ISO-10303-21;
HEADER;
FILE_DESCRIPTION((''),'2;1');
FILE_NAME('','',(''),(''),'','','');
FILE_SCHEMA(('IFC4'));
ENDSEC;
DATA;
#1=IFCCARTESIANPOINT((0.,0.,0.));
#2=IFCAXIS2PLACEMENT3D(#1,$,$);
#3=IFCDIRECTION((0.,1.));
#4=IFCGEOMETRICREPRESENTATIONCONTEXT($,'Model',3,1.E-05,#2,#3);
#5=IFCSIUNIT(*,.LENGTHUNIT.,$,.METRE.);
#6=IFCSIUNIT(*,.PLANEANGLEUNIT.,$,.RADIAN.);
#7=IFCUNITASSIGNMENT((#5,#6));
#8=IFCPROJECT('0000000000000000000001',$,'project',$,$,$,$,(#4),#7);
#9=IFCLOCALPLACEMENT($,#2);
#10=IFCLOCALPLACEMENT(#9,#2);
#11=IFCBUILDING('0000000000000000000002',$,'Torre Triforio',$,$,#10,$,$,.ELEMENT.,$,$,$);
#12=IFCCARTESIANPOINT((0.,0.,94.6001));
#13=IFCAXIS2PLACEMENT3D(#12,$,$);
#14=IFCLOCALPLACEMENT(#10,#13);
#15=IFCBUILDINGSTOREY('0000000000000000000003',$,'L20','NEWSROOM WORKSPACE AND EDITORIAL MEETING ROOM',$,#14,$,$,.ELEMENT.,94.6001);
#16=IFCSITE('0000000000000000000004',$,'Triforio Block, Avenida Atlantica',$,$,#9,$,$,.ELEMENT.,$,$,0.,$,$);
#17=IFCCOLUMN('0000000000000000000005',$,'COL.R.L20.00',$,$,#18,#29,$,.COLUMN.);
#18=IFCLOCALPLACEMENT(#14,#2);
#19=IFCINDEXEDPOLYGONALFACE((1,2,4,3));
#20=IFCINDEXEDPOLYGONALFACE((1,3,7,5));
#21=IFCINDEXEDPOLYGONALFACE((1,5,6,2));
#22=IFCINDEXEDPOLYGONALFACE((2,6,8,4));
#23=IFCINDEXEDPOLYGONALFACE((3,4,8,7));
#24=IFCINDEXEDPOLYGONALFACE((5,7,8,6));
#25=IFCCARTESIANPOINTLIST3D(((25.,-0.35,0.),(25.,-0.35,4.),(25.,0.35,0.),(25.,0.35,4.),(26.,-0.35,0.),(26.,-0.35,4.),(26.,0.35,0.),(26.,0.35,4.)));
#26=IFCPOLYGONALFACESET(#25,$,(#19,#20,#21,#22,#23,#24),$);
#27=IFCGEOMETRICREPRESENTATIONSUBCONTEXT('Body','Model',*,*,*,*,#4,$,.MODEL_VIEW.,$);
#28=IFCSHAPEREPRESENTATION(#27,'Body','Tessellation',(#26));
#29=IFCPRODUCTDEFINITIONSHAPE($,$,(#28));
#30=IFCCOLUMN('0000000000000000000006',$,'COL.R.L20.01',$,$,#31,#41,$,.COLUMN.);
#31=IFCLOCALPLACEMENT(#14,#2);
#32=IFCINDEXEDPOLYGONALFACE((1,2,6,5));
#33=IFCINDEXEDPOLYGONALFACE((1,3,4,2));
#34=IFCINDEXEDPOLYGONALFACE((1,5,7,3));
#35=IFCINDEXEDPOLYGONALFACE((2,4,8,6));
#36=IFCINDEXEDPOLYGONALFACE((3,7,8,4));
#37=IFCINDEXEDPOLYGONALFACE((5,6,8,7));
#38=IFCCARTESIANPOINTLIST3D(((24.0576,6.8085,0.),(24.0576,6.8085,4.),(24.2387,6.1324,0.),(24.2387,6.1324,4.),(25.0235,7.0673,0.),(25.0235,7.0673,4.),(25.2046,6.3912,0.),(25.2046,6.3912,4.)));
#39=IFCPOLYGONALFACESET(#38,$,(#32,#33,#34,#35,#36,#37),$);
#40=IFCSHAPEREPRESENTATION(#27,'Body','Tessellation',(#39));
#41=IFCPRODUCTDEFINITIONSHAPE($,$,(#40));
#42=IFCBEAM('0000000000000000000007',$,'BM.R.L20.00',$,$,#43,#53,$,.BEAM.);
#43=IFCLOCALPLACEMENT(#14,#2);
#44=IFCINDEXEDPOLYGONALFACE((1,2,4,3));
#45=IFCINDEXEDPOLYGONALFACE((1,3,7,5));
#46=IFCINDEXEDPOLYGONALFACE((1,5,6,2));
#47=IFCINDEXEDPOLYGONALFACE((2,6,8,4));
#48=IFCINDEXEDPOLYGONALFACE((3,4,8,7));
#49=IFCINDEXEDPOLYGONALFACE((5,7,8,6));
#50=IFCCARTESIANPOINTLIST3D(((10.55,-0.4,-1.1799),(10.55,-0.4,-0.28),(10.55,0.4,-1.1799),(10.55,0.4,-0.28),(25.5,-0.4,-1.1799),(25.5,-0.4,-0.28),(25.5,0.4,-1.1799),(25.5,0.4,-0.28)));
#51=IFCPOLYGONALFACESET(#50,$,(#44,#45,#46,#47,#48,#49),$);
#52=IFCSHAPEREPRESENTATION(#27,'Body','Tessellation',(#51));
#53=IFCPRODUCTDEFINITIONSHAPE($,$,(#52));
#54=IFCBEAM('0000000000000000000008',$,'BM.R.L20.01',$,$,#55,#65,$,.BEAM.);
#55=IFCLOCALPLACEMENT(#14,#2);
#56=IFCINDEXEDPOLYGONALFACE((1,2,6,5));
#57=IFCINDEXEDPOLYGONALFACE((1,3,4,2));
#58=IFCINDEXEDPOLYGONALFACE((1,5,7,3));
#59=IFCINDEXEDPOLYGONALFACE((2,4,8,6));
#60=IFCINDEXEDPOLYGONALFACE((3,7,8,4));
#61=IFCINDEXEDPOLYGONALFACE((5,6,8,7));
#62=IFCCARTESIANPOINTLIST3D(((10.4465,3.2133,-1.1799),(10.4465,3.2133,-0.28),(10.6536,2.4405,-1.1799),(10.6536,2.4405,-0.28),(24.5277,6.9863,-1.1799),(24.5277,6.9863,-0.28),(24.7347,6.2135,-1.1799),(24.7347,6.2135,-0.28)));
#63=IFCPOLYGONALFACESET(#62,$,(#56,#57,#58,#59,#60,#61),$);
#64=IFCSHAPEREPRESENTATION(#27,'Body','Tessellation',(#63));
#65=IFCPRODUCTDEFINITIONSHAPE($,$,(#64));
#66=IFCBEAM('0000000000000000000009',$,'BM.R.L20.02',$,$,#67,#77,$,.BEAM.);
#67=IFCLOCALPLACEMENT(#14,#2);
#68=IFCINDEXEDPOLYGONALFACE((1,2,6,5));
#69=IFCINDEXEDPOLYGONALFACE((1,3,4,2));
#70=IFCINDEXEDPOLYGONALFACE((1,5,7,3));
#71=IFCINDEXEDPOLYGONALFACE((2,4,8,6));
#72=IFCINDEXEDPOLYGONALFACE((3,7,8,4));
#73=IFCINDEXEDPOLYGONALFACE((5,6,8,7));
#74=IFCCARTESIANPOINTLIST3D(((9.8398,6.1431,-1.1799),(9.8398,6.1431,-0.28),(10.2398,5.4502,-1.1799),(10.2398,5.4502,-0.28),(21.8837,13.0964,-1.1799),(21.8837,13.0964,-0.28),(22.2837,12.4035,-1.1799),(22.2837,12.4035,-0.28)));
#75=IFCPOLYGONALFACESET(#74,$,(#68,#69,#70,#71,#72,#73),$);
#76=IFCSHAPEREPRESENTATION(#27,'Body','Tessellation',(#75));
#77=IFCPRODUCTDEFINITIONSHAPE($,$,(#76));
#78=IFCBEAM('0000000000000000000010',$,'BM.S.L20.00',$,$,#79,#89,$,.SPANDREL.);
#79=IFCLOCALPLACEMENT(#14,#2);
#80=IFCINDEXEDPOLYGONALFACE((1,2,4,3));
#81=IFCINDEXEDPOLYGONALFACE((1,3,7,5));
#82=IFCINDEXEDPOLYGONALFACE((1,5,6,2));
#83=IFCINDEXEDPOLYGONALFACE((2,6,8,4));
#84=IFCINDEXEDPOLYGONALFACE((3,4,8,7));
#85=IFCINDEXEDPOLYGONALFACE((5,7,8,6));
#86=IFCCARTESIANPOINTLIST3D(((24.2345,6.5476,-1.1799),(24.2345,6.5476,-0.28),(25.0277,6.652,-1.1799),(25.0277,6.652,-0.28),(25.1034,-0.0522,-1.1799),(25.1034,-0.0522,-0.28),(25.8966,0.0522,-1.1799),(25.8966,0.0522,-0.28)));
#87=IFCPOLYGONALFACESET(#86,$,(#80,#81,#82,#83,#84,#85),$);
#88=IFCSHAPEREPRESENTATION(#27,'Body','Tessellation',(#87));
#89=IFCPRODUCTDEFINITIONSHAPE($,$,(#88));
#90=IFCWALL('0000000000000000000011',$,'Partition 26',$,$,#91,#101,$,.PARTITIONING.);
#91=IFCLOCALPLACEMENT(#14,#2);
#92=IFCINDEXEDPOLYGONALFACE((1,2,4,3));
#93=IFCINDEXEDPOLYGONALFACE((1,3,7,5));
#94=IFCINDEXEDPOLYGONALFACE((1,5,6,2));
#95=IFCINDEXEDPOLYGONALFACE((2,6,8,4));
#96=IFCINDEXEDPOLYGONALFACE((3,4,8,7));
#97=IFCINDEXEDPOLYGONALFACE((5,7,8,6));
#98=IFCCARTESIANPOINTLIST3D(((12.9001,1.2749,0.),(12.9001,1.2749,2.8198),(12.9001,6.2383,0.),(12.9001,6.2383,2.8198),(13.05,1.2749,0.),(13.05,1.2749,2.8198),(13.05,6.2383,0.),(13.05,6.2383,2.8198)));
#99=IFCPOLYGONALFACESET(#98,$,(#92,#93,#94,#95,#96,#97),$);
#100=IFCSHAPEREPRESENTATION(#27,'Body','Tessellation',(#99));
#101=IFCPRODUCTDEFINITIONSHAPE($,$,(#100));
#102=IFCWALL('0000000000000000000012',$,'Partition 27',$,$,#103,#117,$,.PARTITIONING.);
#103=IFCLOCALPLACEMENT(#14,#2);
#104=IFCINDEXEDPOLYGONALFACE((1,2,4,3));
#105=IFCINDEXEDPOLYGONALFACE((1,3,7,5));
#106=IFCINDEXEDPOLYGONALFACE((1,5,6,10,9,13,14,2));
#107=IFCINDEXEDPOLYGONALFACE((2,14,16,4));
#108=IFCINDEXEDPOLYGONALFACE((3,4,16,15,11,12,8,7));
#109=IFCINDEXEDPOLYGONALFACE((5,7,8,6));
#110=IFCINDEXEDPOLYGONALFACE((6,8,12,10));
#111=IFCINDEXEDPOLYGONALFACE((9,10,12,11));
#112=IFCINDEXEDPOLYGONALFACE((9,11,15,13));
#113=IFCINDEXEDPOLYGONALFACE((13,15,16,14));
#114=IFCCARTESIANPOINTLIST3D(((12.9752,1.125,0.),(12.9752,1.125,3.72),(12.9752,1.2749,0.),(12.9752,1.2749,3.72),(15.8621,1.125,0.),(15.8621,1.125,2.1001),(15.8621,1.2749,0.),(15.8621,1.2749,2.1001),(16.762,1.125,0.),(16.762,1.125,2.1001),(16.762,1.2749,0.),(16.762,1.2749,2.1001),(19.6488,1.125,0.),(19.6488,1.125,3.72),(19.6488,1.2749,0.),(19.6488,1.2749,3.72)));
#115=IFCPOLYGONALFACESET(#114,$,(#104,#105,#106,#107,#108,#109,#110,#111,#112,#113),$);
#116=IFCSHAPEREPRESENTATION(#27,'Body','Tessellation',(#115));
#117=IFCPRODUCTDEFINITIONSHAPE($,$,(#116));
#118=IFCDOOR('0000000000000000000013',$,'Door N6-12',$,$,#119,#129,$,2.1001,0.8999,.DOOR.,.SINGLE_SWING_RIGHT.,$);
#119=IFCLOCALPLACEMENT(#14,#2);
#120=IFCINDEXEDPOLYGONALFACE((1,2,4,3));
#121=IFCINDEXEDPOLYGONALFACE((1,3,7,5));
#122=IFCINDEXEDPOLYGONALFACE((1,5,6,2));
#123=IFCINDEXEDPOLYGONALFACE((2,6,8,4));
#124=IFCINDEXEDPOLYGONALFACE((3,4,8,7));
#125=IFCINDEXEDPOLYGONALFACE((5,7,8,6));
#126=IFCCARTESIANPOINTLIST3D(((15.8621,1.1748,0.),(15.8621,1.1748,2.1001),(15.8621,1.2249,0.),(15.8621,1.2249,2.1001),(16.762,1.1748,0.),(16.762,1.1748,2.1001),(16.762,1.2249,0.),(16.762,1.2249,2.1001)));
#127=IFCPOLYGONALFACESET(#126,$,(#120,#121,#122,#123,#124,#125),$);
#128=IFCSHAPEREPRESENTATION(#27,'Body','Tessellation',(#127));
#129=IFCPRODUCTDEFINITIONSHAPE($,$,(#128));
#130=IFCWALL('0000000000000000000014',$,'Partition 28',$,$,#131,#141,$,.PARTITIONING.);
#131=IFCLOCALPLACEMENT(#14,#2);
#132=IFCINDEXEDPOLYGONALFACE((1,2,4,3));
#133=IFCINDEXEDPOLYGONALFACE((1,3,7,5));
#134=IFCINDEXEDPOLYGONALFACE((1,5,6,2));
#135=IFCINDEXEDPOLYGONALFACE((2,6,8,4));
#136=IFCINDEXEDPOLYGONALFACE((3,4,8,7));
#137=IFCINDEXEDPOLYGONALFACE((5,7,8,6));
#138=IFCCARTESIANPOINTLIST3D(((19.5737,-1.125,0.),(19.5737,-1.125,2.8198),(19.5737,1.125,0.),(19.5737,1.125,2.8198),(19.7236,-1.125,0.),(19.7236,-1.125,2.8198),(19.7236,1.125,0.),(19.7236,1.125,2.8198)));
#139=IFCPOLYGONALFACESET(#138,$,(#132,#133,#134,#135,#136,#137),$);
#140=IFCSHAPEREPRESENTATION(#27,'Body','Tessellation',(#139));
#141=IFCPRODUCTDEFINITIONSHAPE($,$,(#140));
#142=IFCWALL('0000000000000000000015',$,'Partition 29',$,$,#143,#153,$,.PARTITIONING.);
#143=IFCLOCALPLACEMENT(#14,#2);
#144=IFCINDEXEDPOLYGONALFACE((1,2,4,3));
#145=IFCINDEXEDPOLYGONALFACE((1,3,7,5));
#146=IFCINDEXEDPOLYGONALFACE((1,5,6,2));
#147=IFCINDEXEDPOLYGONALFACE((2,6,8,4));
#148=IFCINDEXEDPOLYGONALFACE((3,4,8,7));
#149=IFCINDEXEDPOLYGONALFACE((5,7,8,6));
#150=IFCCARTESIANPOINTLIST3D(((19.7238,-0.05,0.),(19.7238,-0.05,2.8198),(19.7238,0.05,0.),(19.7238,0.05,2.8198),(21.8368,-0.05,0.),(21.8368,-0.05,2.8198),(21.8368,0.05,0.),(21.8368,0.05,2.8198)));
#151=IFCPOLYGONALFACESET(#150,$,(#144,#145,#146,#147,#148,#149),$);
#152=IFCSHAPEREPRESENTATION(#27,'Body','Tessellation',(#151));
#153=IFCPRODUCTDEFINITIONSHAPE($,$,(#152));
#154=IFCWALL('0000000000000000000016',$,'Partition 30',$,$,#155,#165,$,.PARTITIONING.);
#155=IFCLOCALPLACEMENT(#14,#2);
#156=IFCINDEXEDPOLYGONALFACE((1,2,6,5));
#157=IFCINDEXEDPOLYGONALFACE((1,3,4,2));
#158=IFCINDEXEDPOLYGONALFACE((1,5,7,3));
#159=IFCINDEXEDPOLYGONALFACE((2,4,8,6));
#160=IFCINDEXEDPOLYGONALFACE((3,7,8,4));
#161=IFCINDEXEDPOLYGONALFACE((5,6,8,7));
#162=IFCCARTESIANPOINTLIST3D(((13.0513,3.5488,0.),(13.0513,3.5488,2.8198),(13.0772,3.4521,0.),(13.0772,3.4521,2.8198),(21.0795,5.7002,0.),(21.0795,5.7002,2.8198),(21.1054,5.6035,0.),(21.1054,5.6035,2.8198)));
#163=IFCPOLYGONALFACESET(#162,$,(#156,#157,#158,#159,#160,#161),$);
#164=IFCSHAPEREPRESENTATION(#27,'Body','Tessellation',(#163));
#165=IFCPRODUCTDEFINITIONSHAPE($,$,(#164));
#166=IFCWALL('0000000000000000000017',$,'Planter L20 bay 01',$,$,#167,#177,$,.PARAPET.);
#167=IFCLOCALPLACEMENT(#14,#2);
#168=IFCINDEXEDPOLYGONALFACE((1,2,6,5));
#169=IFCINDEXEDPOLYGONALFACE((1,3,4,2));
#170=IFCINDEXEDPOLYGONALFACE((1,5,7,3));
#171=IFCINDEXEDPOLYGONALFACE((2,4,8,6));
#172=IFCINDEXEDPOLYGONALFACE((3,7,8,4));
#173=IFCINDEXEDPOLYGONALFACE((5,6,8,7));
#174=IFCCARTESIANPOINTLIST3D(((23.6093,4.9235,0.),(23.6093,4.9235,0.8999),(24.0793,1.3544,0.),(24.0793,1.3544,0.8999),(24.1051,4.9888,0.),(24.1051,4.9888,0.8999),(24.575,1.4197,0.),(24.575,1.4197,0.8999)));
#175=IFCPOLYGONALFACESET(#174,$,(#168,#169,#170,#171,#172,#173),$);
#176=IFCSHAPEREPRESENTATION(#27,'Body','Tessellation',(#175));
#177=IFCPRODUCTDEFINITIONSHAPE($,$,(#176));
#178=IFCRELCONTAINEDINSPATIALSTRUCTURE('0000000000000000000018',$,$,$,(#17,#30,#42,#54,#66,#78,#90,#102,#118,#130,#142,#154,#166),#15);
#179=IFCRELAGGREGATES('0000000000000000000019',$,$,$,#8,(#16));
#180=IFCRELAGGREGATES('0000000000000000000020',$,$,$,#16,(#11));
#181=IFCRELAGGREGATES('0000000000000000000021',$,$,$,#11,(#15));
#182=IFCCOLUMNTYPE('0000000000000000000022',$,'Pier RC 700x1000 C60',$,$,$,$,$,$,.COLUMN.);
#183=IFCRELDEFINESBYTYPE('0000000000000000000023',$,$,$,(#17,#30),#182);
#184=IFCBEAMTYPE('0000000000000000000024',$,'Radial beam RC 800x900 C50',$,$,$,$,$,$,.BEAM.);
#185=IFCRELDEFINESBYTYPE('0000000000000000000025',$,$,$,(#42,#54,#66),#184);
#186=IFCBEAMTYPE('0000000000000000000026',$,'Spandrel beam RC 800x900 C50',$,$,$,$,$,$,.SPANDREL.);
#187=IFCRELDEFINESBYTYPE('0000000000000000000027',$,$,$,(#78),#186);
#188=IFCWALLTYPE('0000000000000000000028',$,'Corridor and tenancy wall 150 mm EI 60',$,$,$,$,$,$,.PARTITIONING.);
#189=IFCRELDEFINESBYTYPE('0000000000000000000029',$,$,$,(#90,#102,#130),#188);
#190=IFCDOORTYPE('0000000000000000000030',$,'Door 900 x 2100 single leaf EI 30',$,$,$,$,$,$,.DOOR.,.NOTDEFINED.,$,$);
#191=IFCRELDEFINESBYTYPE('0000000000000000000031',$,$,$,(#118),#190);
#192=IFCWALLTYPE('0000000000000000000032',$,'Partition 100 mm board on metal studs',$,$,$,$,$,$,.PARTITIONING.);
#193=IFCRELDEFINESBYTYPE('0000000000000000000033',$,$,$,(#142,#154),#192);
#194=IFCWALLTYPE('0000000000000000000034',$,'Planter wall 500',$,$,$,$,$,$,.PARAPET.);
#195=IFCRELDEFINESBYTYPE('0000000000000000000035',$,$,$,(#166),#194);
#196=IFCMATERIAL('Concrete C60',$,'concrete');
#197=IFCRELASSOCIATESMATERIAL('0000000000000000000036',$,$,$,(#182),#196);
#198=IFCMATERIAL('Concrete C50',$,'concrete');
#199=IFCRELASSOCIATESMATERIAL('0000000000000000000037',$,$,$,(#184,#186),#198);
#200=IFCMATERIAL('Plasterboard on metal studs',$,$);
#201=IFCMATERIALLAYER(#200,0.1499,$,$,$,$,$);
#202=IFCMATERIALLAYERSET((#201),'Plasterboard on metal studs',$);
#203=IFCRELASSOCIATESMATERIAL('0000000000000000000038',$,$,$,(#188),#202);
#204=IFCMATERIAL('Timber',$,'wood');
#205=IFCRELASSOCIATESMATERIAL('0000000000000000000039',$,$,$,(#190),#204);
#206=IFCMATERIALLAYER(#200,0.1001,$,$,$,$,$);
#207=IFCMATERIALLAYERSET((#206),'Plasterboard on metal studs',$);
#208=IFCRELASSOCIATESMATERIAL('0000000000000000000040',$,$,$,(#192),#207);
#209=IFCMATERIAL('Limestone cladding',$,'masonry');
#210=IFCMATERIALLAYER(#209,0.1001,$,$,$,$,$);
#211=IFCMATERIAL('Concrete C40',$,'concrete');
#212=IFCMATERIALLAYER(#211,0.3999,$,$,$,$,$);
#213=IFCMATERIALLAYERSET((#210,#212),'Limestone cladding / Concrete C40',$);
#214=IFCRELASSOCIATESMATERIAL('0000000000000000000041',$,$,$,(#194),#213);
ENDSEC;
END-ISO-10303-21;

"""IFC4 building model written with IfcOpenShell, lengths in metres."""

from ifc_helpers import new_model, si_unit, direction, frame, frame_2d, origin, origin_2d, place, context, subcontext, project, spatial, rectangle, extrude, material, layer, layer_set, material_profile, profile_set, type_object, element, fill, save


model = new_model("IFC4")

# Units and contexts
model_context = context("Model", 3, precision=1e-05, world=origin(), true_north=direction((0.0, 1.0)))
body_context = subcontext(model_context, "Body", "Model", "MODEL_VIEW")
ifc_project = project(units=[si_unit("LENGTHUNIT", "METRE"), si_unit("PLANEANGLEUNIT", "RADIAN")], contexts=[model_context])

# Site, building, storey
site_placement = place(None, origin())
site = spatial("IfcSite", under=ifc_project, at=site_placement, Name="Triforio Block, Avenida Atlantica", CompositionType="ELEMENT", RefElevation=0.0)
building_placement = place(site_placement, origin())
building = spatial("IfcBuilding", under=site, at=building_placement, Name="Torre Triforio", CompositionType="ELEMENT")
storey_placement = place(building_placement, frame((0.0, 0.0, 94.6001)))
storey = spatial("IfcBuildingStorey", under=building, at=storey_placement, Name="L20", Description="NEWSROOM WORKSPACE AND EDITORIAL MEETING ROOM", CompositionType="ELEMENT", Elevation=94.6001)

# Columns
ifc_material_1 = material(Name="Concrete C60", Category="concrete")
ifc_material_profile_1 = material_profile(ifc_material_1, rectangle(XDim=0.7, YDim=1.0, at=origin_2d()), Name="RC 700x1000")
ifc_profile_set_1 = profile_set([ifc_material_profile_1], Name="Concrete C60")
column_type = type_object("IfcColumnType", Name="Pier RC 700x1000 C60", PredefinedType="COLUMN", material=ifc_profile_set_1)
for number, where, z_axis, x_axis, name in (
    (1, (25.5, 0.0, 0.0), (0.0, 0.0, 1.0), (0.0, 1.0, 0.0), "COL.R.L20.00"),
    (2, (24.6311, 6.5999, 0.0), (0.0, 0.0, 1.0), (-0.258819, 0.965926, 0.0), "COL.R.L20.01"),
):
    element("IfcColumn", number, at=place(storey_placement, frame(where, z_axis=z_axis, x_axis=x_axis)), inside=storey, type_object=column_type, Name=name, PredefinedType="COLUMN", context=body_context, shape_type="SweptSolid", body=[
        extrude(rectangle(XDim=0.7, YDim=1.0, at=origin_2d()), origin(), (0.0, 0.0, 1.0), 4.0),
    ])

# Beams
ifc_material_2 = material(Name="Concrete C50", Category="concrete")
ifc_material_profile_2 = material_profile(ifc_material_2, rectangle(XDim=0.8, YDim=0.8999, at=origin_2d()), Name="RC 800x900")
ifc_profile_set_2 = profile_set([ifc_material_profile_2], Name="Concrete C50")
beam_type_1 = type_object("IfcBeamType", Name="Radial beam RC 800x900 C50", PredefinedType="BEAM", material=ifc_profile_set_2)
beam_1_placement = place(storey_placement, frame((10.55, 0.0, -0.73), z_axis=(1.0, 0.0, 0.0), x_axis=(0.0, 1.0, 0.0)))
element("IfcBeam", 3, at=beam_1_placement, inside=storey, type_object=beam_type_1, Name="BM.R.L20.00", PredefinedType="BEAM", context=body_context, shape_type="SweptSolid", body=[
    extrude(rectangle(XDim=0.8, YDim=0.8999, at=origin_2d()), origin(), (0.0, 0.0, 1.0), 14.95),
])
beam_2_placement = place(storey_placement, frame((10.55, 2.8269, -0.73), z_axis=(0.965927, 0.258815, 0.0), x_axis=(-0.258815, 0.965927, 0.0)))
element("IfcBeam", 4, at=beam_2_placement, inside=storey, type_object=beam_type_1, Name="BM.R.L20.01", PredefinedType="BEAM", context=body_context, shape_type="SweptSolid", body=[
    extrude(rectangle(XDim=0.8, YDim=0.8999, at=origin_2d()), origin(), (0.0, 0.0, 1.0), 14.5779),
])
beam_3_placement = place(storey_placement, frame((10.0398, 5.7966, -0.73), z_axis=(0.866032, 0.499989, 0.0), x_axis=(-0.499989, 0.866032, 0.0)))
element("IfcBeam", 5, at=beam_3_placement, inside=storey, type_object=beam_type_1, Name="BM.R.L20.02", PredefinedType="BEAM", context=body_context, shape_type="SweptSolid", body=[
    extrude(rectangle(XDim=0.8, YDim=0.8999, at=origin_2d()), origin(), (0.0, 0.0, 1.0), 13.907),
])
ifc_material_profile_3 = material_profile(ifc_material_2, rectangle(XDim=0.8, YDim=0.8999, at=origin_2d()), Name="RC 800x900")
ifc_profile_set_3 = profile_set([ifc_material_profile_3], Name="Concrete C50")
beam_type_2 = type_object("IfcBeamType", Name="Spandrel beam RC 800x900 C50", PredefinedType="SPANDREL", material=ifc_profile_set_3)
beam_4_placement = place(storey_placement, frame((25.5, 0.0, -0.73), z_axis=(-0.130528, 0.991445, 0.0), x_axis=(-0.991445, -0.130528, 0.0)))
element("IfcBeam", 6, at=beam_4_placement, inside=storey, type_object=beam_type_2, Name="BM.S.L20.00", PredefinedType="SPANDREL", context=body_context, shape_type="SweptSolid", body=[
    extrude(rectangle(XDim=0.8, YDim=0.8999, at=origin_2d()), origin(), (0.0, 0.0, 1.0), 6.6567),
])

# Wall
ifc_material_3 = material(Name="Plasterboard on metal studs")
ifc_layer_1 = layer(ifc_material_3, 0.1499)
ifc_layer_set_1 = layer_set([ifc_layer_1], Name="Plasterboard on metal studs")
wall_type_1 = type_object("IfcWallType", Name="Corridor and tenancy wall 150 mm EI 60", PredefinedType="PARTITIONING", material=ifc_layer_set_1)
wall_1_placement = place(storey_placement, frame((12.9751, 6.2383, 0.0), z_axis=(0.0, 0.0, 1.0), x_axis=(0.0, -1.0, 0.0)))
element("IfcWall", 7, at=wall_1_placement, inside=storey, type_object=wall_type_1, Name="Partition 26", PredefinedType="PARTITIONING", context=body_context, shape_type="SweptSolid", body=[
    extrude(rectangle(XDim=4.9634, YDim=0.1499, at=frame_2d((2.4817, 0.0))), origin(), (0.0, 0.0, 1.0), 2.8198),
])

# Wall, opening, door
wall_2_placement = place(storey_placement, frame((12.9751, 1.2, 0.0), z_axis=(0.0, 0.0, 1.0), x_axis=(1.0, 0.0, 0.0)))
wall_2 = element("IfcWall", 8, at=wall_2_placement, inside=storey, type_object=wall_type_1, Name="Partition 27", PredefinedType="PARTITIONING", context=body_context, shape_type="SweptSolid", body=[
    extrude(rectangle(XDim=6.6736, YDim=0.1499, at=frame_2d((3.3369, 0.0))), origin(), (0.0, 0.0, 1.0), 3.72),
])
opening_1_placement = place(wall_2_placement, frame((2.887, 0.0, 0.0)))
opening_1 = element("IfcOpeningElement", 9, at=opening_1_placement, cuts=wall_2, PredefinedType="OPENING", context=body_context, shape_type="SweptSolid", body=[
    extrude(rectangle(XDim=0.8999, YDim=2.1001, at=frame_2d((0.45, 1.05))), frame((0.0, 0.085, 0.0), z_axis=(0.0, -1.0, 0.0), x_axis=(1.0, 0.0, 0.0)), (0.0, 0.0, 1.0), 0.1699),
])
ifc_material_4 = material(Name="Timber", Category="wood")
door_type_1 = type_object("IfcDoorType", Name="Door 900 x 2100 single leaf EI 30", OperationType="NOTDEFINED", PredefinedType="DOOR", material=ifc_material_4)
door_1_placement = place(opening_1_placement, origin())
door_1 = element("IfcDoor", 10, at=door_1_placement, inside=storey, type_object=door_type_1, Name="Door N6-12", OperationType="SINGLE_SWING_RIGHT", OverallHeight=2.1001, OverallWidth=0.8999, PredefinedType="DOOR", context=body_context, shape_type="SweptSolid", body=[
    extrude(rectangle(XDim=0.8999, YDim=2.1001, at=frame_2d((0.45, 1.05))), frame((0.0, 0.0249, 0.0), z_axis=(0.0, -1.0, 0.0), x_axis=(1.0, 0.0, 0.0)), (0.0, 0.0, 1.0), 0.05),
])
fill(opening_1, door_1)

# Walls
wall_3_placement = place(storey_placement, frame((19.6487, 1.125, 0.0), z_axis=(0.0, 0.0, 1.0), x_axis=(0.0, -1.0, 0.0)))
element("IfcWall", 11, at=wall_3_placement, inside=storey, type_object=wall_type_1, Name="Partition 28", PredefinedType="PARTITIONING", context=body_context, shape_type="SweptSolid", body=[
    extrude(rectangle(XDim=2.25, YDim=0.1499, at=frame_2d((1.125, 0.0))), origin(), (0.0, 0.0, 1.0), 2.8198),
])
ifc_layer_2 = layer(ifc_material_3, 0.1001)
ifc_layer_set_2 = layer_set([ifc_layer_2], Name="Plasterboard on metal studs")
wall_type_2 = type_object("IfcWallType", Name="Partition 100 mm board on metal studs", PredefinedType="PARTITIONING", material=ifc_layer_set_2)
wall_4_placement = place(storey_placement, frame((19.7236, 0.0, 0.0), z_axis=(0.0, 0.0, 1.0), x_axis=(1.0, 0.0, 0.0)))
element("IfcWall", 12, at=wall_4_placement, inside=storey, type_object=wall_type_2, Name="Partition 29", PredefinedType="PARTITIONING", context=body_context, shape_type="SweptSolid", body=[
    extrude(rectangle(XDim=2.113, YDim=0.1001, at=frame_2d((1.0566, 0.0))), origin(), (0.0, 0.0, 1.0), 2.8198),
])
wall_5_placement = place(storey_placement, frame((13.0642, 3.5005, 0.0), z_axis=(0.0, 0.0, 1.0), x_axis=(0.96592, 0.25884, 0.0)))
element("IfcWall", 13, at=wall_5_placement, inside=storey, type_object=wall_type_2, Name="Partition 30", PredefinedType="PARTITIONING", context=body_context, shape_type="SweptSolid", body=[
    extrude(rectangle(XDim=8.3115, YDim=0.1001, at=frame_2d((4.1558, 0.0))), origin(), (0.0, 0.0, 1.0), 2.8198),
])
ifc_material_5 = material(Name="Limestone cladding", Category="masonry")
ifc_layer_3 = layer(ifc_material_5, 0.1001)
ifc_material_6 = material(Name="Concrete C40", Category="concrete")
ifc_layer_4 = layer(ifc_material_6, 0.3999)
ifc_layer_set_3 = layer_set([ifc_layer_3, ifc_layer_4], Name="Limestone cladding / Concrete C40")
wall_type_3 = type_object("IfcWallType", Name="Planter wall 500", PredefinedType="PARAPET", material=ifc_layer_set_3)
wall_6_placement = place(storey_placement, frame((24.3271, 1.3872, 0.0), z_axis=(0.0, 0.0, 1.0), x_axis=(-0.130551, 0.991442, 0.0)))
element("IfcWall", 14, at=wall_6_placement, inside=storey, type_object=wall_type_3, Name="Planter L20 bay 01", PredefinedType="PARAPET", context=body_context, shape_type="SweptSolid", body=[
    extrude(rectangle(XDim=3.5999, YDim=0.5, at=frame_2d((1.7998, 0.0))), origin(), (0.0, 0.0, 1.0), 0.8999),
])

save(model, "model.ifc")
